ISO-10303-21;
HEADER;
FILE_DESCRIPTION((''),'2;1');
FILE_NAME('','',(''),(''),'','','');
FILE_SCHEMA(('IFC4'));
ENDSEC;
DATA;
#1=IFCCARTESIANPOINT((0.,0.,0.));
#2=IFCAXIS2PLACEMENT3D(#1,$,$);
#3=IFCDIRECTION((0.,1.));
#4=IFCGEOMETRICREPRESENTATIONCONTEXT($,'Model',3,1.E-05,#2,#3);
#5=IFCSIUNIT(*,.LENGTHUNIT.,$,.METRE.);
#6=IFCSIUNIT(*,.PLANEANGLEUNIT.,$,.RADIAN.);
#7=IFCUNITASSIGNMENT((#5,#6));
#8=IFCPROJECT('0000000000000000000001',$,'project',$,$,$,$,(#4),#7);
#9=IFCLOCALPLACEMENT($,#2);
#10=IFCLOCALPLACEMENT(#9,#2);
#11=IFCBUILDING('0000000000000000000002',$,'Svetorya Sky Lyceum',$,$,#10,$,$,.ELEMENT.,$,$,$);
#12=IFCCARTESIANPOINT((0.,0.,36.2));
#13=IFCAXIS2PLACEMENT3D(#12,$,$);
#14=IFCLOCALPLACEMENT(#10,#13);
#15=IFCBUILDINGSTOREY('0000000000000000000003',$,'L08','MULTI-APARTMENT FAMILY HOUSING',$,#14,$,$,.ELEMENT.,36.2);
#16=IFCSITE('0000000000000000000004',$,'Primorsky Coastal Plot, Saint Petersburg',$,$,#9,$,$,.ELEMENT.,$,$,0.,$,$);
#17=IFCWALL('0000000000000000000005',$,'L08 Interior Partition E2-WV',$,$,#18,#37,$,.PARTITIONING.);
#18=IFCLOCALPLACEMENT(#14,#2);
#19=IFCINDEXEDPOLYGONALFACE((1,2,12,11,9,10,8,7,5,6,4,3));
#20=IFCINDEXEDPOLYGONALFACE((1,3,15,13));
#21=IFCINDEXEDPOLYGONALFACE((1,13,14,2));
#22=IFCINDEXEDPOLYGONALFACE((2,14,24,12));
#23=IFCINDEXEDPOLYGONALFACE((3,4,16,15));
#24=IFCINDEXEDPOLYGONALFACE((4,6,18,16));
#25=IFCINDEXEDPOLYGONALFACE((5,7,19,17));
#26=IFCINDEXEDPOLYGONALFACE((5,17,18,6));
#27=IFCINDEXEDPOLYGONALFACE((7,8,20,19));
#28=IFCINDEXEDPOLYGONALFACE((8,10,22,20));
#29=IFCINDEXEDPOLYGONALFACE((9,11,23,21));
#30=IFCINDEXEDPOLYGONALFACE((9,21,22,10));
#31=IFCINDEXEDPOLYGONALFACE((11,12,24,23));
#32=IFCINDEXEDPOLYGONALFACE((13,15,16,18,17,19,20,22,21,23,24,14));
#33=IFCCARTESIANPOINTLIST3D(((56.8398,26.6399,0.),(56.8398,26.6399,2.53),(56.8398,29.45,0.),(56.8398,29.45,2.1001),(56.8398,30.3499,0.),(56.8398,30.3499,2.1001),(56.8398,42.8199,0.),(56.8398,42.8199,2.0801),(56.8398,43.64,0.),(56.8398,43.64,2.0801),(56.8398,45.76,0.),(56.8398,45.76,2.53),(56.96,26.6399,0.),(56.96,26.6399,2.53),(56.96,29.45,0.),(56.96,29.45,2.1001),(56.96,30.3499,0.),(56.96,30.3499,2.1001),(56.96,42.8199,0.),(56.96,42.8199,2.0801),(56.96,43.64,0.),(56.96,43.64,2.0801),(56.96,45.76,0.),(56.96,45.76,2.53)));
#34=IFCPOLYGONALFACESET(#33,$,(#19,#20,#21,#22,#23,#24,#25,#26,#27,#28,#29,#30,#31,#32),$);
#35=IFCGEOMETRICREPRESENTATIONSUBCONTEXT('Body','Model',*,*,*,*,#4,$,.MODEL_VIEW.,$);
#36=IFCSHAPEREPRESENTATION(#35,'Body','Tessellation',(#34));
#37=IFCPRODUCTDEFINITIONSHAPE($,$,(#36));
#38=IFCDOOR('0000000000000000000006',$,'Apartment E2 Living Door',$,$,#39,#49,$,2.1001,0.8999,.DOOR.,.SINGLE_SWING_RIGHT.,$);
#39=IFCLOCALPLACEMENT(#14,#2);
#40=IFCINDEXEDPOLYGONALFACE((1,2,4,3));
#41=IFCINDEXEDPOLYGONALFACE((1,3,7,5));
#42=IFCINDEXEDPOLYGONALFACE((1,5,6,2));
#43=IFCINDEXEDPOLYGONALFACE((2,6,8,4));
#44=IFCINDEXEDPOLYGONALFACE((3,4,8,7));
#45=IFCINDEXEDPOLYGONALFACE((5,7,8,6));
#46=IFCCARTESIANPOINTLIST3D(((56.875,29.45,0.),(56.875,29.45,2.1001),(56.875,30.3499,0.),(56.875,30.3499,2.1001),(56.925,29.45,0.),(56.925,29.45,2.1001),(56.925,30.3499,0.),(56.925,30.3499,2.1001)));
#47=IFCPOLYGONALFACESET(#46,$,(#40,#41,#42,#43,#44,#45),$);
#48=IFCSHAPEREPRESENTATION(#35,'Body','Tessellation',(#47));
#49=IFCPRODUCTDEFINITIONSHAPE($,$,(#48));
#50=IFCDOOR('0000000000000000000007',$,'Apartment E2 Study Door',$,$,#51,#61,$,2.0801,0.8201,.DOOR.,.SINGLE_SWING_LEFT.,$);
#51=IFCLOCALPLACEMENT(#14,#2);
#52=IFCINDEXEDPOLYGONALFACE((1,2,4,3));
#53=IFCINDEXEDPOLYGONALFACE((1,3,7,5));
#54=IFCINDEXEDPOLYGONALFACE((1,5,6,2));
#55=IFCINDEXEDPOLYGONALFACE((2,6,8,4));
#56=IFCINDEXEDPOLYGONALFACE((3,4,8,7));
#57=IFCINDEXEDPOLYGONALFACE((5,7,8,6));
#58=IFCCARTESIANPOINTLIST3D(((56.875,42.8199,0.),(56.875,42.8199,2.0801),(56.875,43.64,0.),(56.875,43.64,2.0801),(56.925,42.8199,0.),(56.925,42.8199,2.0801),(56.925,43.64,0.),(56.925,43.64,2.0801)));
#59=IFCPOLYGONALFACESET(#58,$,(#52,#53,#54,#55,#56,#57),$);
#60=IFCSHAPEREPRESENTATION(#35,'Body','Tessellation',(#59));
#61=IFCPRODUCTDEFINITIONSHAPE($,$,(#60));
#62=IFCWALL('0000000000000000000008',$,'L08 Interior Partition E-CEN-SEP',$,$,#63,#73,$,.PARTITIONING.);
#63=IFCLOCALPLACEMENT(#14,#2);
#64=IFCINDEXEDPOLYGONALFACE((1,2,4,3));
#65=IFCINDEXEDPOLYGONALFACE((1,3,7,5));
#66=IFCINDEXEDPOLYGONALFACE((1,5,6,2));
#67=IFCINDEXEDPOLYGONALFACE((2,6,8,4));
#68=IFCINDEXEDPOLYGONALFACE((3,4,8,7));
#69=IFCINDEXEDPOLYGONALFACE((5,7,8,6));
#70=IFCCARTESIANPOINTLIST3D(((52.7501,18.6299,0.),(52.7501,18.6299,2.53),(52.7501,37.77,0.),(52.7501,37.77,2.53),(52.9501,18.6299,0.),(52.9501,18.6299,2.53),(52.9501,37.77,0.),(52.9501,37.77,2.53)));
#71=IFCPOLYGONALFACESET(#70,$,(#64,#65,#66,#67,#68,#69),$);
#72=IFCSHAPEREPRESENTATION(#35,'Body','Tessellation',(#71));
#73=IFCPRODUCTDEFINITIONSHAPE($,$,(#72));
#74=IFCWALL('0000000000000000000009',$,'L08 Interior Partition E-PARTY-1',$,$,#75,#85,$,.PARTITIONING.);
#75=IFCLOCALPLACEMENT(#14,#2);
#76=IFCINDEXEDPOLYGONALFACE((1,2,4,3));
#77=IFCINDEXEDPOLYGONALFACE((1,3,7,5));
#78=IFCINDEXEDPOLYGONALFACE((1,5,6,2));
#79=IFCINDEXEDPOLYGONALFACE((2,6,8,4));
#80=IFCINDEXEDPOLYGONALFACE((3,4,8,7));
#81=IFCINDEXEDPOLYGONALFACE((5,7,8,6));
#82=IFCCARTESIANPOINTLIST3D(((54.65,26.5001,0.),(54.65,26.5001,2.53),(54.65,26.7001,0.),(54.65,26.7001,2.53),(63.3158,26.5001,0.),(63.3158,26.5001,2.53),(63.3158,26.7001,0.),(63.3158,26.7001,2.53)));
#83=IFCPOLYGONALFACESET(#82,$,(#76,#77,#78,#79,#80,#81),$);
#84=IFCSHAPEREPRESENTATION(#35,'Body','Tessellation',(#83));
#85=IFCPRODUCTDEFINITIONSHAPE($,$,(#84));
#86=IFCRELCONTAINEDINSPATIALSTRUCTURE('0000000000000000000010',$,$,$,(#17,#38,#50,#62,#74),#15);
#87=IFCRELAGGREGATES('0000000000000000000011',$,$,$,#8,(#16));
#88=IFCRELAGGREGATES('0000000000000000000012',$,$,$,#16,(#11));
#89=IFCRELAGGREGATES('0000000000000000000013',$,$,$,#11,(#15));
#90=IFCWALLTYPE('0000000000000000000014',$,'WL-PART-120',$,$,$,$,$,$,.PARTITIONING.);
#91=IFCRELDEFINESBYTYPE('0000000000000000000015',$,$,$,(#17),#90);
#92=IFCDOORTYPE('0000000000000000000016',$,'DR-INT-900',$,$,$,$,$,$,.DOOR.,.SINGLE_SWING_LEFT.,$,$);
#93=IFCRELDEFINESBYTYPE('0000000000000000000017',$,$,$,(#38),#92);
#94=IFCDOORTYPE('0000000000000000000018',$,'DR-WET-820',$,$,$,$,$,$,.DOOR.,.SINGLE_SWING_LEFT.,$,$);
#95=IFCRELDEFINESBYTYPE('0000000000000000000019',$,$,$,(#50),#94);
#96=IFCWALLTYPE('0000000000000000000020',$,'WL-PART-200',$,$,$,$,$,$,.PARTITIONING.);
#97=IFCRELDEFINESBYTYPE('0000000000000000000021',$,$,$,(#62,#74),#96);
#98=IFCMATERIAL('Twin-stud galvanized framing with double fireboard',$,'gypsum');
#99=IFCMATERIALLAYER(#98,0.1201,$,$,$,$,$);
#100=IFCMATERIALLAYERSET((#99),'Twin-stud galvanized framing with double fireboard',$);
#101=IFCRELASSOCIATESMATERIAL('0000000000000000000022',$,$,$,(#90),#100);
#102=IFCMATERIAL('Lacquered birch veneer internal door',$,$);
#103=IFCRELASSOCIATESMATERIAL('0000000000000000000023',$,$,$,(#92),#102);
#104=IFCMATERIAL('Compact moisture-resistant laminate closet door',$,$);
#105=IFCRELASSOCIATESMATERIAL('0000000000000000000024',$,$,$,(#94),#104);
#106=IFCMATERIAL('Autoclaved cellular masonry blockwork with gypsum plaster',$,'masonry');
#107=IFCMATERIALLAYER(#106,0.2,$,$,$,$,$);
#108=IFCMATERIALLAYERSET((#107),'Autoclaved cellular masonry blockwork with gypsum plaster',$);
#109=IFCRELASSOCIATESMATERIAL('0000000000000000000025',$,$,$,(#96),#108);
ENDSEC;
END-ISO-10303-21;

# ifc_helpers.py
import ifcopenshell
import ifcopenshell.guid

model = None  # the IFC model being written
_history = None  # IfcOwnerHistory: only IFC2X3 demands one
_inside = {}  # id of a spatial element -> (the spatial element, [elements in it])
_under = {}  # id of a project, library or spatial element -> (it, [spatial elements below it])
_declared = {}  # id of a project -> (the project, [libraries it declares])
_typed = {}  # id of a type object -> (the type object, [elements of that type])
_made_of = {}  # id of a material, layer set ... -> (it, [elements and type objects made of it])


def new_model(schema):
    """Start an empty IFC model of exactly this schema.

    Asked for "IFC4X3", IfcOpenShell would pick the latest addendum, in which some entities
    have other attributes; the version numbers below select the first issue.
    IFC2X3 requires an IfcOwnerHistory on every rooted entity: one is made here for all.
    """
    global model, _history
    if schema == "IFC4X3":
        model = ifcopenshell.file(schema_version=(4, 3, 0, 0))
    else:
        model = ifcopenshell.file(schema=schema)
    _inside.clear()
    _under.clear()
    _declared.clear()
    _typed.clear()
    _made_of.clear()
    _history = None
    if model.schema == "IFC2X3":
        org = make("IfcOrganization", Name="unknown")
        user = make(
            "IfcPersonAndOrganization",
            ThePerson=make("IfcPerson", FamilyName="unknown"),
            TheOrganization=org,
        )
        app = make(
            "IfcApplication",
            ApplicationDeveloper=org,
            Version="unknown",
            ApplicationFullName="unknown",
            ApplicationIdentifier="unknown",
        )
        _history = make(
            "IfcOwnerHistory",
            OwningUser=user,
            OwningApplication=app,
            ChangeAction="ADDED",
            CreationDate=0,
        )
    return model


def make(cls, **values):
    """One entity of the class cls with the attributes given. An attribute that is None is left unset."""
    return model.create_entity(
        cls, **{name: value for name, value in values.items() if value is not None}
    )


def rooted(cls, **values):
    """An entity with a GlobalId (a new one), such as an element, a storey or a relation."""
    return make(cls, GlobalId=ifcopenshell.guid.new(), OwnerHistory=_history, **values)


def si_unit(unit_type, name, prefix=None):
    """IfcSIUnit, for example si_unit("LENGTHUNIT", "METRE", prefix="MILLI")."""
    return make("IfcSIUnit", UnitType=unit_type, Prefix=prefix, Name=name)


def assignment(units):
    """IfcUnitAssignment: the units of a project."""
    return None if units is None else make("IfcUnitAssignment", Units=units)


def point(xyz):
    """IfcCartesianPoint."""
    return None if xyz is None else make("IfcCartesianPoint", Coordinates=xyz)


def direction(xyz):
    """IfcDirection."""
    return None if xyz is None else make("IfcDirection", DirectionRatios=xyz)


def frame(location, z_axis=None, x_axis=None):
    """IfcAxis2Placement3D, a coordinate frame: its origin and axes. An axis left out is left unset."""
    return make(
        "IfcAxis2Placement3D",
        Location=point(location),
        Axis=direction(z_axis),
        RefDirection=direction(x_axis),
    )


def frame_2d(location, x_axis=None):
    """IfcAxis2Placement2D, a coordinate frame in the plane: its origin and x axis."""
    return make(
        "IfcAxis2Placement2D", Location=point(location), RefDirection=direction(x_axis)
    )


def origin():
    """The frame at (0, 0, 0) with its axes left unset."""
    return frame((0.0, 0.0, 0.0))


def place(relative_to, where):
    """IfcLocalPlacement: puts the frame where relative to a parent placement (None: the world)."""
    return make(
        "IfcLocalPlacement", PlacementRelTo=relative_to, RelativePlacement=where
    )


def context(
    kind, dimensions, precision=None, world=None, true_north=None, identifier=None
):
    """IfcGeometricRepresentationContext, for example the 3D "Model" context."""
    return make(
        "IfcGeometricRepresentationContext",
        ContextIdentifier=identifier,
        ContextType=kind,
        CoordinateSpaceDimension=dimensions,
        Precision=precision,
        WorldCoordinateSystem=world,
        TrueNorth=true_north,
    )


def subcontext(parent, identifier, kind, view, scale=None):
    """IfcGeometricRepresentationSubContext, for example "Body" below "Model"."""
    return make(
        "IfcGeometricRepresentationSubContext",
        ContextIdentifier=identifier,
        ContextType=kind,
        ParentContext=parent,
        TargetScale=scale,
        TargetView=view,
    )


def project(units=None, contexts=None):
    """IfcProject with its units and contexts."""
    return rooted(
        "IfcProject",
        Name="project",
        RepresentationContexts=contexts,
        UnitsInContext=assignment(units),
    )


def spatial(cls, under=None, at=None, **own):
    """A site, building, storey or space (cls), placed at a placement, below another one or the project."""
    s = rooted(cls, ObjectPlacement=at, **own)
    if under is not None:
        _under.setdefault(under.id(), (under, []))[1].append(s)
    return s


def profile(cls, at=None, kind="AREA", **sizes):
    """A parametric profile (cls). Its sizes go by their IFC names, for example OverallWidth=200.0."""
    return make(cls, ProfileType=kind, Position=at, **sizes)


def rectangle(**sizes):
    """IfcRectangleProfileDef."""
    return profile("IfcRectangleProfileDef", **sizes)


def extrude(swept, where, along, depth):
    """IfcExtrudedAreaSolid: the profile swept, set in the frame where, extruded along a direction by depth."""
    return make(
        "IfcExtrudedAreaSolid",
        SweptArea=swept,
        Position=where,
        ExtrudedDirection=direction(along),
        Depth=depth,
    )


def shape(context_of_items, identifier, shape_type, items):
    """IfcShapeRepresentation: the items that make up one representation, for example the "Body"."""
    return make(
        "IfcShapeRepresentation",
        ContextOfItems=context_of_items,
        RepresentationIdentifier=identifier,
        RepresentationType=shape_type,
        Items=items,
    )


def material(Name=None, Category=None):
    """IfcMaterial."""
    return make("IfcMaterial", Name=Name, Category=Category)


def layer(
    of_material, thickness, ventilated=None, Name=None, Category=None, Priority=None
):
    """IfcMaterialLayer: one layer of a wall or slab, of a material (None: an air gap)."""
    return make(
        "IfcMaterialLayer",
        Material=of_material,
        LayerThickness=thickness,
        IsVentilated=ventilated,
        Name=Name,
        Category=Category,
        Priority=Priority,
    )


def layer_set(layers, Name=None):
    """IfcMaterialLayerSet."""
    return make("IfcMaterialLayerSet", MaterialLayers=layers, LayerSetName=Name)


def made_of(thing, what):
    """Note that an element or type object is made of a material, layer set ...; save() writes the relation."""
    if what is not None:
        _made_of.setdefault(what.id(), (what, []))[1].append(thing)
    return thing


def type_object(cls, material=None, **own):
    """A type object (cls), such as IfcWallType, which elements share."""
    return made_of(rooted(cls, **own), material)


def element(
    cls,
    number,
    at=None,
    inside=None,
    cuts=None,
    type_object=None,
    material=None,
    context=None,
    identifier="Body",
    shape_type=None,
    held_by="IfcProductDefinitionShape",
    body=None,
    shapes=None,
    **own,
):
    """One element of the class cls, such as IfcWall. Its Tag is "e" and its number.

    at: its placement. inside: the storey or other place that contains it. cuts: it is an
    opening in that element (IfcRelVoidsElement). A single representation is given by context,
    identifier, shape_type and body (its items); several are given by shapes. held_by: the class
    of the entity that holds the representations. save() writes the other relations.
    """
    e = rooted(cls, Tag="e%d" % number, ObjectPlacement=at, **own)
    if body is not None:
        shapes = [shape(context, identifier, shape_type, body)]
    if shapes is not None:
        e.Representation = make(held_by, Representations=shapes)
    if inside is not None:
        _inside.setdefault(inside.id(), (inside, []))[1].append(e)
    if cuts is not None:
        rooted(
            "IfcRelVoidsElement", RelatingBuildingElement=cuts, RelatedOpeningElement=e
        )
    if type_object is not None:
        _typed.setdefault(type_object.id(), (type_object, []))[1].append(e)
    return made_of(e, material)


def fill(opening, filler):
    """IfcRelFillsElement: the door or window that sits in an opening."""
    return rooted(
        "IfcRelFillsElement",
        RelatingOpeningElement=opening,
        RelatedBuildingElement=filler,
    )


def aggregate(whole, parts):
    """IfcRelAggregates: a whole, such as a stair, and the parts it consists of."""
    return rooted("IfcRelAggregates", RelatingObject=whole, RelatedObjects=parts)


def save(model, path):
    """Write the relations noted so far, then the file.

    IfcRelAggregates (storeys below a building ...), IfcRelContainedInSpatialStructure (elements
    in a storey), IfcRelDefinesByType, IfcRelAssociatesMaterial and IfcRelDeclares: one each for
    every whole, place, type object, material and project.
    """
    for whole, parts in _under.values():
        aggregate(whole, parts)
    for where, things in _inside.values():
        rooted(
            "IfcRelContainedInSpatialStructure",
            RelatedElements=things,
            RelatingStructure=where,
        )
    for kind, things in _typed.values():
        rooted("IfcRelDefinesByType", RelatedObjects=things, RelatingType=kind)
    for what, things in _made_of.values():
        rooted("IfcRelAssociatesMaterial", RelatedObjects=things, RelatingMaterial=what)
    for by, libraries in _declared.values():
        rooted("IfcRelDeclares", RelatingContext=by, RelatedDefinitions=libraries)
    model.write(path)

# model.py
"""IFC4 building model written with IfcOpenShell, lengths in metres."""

from ifc_helpers import new_model, si_unit, direction, frame, frame_2d, origin, place, context, subcontext, project, spatial, rectangle, extrude, material, layer, layer_set, type_object, element, fill, save


model = new_model("IFC4")

# Units and contexts
model_context = context("Model", 3, precision=1e-05, world=origin(), true_north=direction((0.0, 1.0)))
body_context = subcontext(model_context, "Body", "Model", "MODEL_VIEW")
ifc_project = project(units=[si_unit("LENGTHUNIT", "METRE"), si_unit("PLANEANGLEUNIT", "RADIAN")], contexts=[model_context])

# Site, building, storey
site_placement = place(None, origin())
site = spatial("IfcSite", under=ifc_project, at=site_placement, Name="Primorsky Coastal Plot, Saint Petersburg", CompositionType="ELEMENT", RefElevation=0.0)
building_placement = place(site_placement, origin())
building = spatial("IfcBuilding", under=site, at=building_placement, Name="Svetorya Sky Lyceum", CompositionType="ELEMENT")
storey_placement = place(building_placement, frame((0.0, 0.0, 36.2)))
storey = spatial("IfcBuildingStorey", under=building, at=storey_placement, Name="L08", Description="MULTI-APARTMENT FAMILY HOUSING", CompositionType="ELEMENT", Elevation=36.2)

# Shared definitions
ifc_material_1 = material(Name="Twin-stud galvanized framing with double fireboard", Category="gypsum")
ifc_layer_1 = layer(ifc_material_1, 0.1201)
ifc_layer_set_1 = layer_set([ifc_layer_1], Name="Twin-stud galvanized framing with double fireboard")
wall_type_1 = type_object("IfcWallType", Name="WL-PART-120", PredefinedType="PARTITIONING", material=ifc_layer_set_1)

# Shared definitions
ifc_material_2 = material(Name="Lacquered birch veneer internal door")
door_type_1 = type_object("IfcDoorType", Name="DR-INT-900", OperationType="SINGLE_SWING_LEFT", PredefinedType="DOOR", material=ifc_material_2)

# Wall, openings, doors
wall_1_placement = place(storey_placement, frame((56.8999, 26.6399, 0.0), z_axis=(0.0, 0.0, 1.0), x_axis=(0.0, 1.0, 0.0)))
wall_1 = element("IfcWall", 1, at=wall_1_placement, inside=storey, type_object=wall_type_1, Name="L08 Interior Partition E2-WV", PredefinedType="PARTITIONING", context=body_context, shape_type="SweptSolid", body=[
    extrude(rectangle(XDim=19.1201, YDim=0.1201, at=frame_2d((9.5601, 0.0))), origin(), (0.0, 0.0, 1.0), 2.53),
])
opening_1_placement = place(wall_1_placement, frame((2.8101, 0.0, 0.0)))
opening_1 = element("IfcOpeningElement", 2, at=opening_1_placement, cuts=wall_1, PredefinedType="OPENING", context=body_context, shape_type="SweptSolid", body=[
    extrude(rectangle(XDim=0.8999, YDim=2.1001, at=frame_2d((0.45, 1.05))), frame((0.0, 0.0701, 0.0), z_axis=(0.0, -1.0, 0.0), x_axis=(1.0, 0.0, 0.0)), (0.0, 0.0, 1.0), 0.1401),
])
opening_2_placement = place(wall_1_placement, frame((16.1799, 0.0, 0.0)))
opening_2 = element("IfcOpeningElement", 3, at=opening_2_placement, cuts=wall_1, PredefinedType="OPENING", context=body_context, shape_type="SweptSolid", body=[
    extrude(rectangle(XDim=0.8201, YDim=2.0801, at=frame_2d((0.4102, 1.04))), frame((0.0, 0.0701, 0.0), z_axis=(0.0, -1.0, 0.0), x_axis=(1.0, 0.0, 0.0)), (0.0, 0.0, 1.0), 0.1401),
])
door_1_placement = place(opening_1_placement, origin())
door_1 = element("IfcDoor", 4, at=door_1_placement, inside=storey, type_object=door_type_1, Name="Apartment E2 Living Door", OperationType="SINGLE_SWING_RIGHT", OverallHeight=2.1001, OverallWidth=0.8999, PredefinedType="DOOR", context=body_context, shape_type="SweptSolid", body=[
    extrude(rectangle(XDim=0.8999, YDim=2.1001, at=frame_2d((0.45, 1.05))), frame((0.0, 0.0249, 0.0), z_axis=(0.0, -1.0, 0.0), x_axis=(1.0, 0.0, 0.0)), (0.0, 0.0, 1.0), 0.05),
])
fill(opening_1, door_1)
ifc_material_3 = material(Name="Compact moisture-resistant laminate closet door")
door_type_2 = type_object("IfcDoorType", Name="DR-WET-820", OperationType="SINGLE_SWING_LEFT", PredefinedType="DOOR", material=ifc_material_3)
door_2_placement = place(opening_2_placement, origin())
door_2 = element("IfcDoor", 5, at=door_2_placement, inside=storey, type_object=door_type_2, Name="Apartment E2 Study Door", OperationType="SINGLE_SWING_LEFT", OverallHeight=2.0801, OverallWidth=0.8201, PredefinedType="DOOR", context=body_context, shape_type="SweptSolid", body=[
    extrude(rectangle(XDim=0.8201, YDim=2.0801, at=frame_2d((0.4102, 1.04))), frame((0.0, 0.0249, 0.0), z_axis=(0.0, -1.0, 0.0), x_axis=(1.0, 0.0, 0.0)), (0.0, 0.0, 1.0), 0.05),
])
fill(opening_2, door_2)

# Walls
ifc_material_4 = material(Name="Autoclaved cellular masonry blockwork with gypsum plaster", Category="masonry")
ifc_layer_2 = layer(ifc_material_4, 0.2)
ifc_layer_set_2 = layer_set([ifc_layer_2], Name="Autoclaved cellular masonry blockwork with gypsum plaster")
wall_type_2 = type_object("IfcWallType", Name="WL-PART-200", PredefinedType="PARTITIONING", material=ifc_layer_set_2)
wall_2_placement = place(storey_placement, frame((52.8501, 18.6299, 0.0), z_axis=(0.0, 0.0, 1.0), x_axis=(0.0, 1.0, 0.0)))
element("IfcWall", 6, at=wall_2_placement, inside=storey, type_object=wall_type_2, Name="L08 Interior Partition E-CEN-SEP", PredefinedType="PARTITIONING", context=body_context, shape_type="SweptSolid", body=[
    extrude(rectangle(XDim=19.1401, YDim=0.2, at=frame_2d((9.5701, 0.0))), origin(), (0.0, 0.0, 1.0), 2.53),
])
wall_3_placement = place(storey_placement, frame((54.6499, 26.6001, 0.0), z_axis=(0.0, 0.0, 1.0), x_axis=(1.0, 0.0, 0.0)))
element("IfcWall", 7, at=wall_3_placement, inside=storey, type_object=wall_type_2, Name="L08 Interior Partition E-PARTY-1", PredefinedType="PARTITIONING", context=body_context, shape_type="SweptSolid", body=[
    extrude(rectangle(XDim=8.6658, YDim=0.2, at=frame_2d((4.333, 0.0))), origin(), (0.0, 0.0, 1.0), 2.53),
])

save(model, "model.ifc")
